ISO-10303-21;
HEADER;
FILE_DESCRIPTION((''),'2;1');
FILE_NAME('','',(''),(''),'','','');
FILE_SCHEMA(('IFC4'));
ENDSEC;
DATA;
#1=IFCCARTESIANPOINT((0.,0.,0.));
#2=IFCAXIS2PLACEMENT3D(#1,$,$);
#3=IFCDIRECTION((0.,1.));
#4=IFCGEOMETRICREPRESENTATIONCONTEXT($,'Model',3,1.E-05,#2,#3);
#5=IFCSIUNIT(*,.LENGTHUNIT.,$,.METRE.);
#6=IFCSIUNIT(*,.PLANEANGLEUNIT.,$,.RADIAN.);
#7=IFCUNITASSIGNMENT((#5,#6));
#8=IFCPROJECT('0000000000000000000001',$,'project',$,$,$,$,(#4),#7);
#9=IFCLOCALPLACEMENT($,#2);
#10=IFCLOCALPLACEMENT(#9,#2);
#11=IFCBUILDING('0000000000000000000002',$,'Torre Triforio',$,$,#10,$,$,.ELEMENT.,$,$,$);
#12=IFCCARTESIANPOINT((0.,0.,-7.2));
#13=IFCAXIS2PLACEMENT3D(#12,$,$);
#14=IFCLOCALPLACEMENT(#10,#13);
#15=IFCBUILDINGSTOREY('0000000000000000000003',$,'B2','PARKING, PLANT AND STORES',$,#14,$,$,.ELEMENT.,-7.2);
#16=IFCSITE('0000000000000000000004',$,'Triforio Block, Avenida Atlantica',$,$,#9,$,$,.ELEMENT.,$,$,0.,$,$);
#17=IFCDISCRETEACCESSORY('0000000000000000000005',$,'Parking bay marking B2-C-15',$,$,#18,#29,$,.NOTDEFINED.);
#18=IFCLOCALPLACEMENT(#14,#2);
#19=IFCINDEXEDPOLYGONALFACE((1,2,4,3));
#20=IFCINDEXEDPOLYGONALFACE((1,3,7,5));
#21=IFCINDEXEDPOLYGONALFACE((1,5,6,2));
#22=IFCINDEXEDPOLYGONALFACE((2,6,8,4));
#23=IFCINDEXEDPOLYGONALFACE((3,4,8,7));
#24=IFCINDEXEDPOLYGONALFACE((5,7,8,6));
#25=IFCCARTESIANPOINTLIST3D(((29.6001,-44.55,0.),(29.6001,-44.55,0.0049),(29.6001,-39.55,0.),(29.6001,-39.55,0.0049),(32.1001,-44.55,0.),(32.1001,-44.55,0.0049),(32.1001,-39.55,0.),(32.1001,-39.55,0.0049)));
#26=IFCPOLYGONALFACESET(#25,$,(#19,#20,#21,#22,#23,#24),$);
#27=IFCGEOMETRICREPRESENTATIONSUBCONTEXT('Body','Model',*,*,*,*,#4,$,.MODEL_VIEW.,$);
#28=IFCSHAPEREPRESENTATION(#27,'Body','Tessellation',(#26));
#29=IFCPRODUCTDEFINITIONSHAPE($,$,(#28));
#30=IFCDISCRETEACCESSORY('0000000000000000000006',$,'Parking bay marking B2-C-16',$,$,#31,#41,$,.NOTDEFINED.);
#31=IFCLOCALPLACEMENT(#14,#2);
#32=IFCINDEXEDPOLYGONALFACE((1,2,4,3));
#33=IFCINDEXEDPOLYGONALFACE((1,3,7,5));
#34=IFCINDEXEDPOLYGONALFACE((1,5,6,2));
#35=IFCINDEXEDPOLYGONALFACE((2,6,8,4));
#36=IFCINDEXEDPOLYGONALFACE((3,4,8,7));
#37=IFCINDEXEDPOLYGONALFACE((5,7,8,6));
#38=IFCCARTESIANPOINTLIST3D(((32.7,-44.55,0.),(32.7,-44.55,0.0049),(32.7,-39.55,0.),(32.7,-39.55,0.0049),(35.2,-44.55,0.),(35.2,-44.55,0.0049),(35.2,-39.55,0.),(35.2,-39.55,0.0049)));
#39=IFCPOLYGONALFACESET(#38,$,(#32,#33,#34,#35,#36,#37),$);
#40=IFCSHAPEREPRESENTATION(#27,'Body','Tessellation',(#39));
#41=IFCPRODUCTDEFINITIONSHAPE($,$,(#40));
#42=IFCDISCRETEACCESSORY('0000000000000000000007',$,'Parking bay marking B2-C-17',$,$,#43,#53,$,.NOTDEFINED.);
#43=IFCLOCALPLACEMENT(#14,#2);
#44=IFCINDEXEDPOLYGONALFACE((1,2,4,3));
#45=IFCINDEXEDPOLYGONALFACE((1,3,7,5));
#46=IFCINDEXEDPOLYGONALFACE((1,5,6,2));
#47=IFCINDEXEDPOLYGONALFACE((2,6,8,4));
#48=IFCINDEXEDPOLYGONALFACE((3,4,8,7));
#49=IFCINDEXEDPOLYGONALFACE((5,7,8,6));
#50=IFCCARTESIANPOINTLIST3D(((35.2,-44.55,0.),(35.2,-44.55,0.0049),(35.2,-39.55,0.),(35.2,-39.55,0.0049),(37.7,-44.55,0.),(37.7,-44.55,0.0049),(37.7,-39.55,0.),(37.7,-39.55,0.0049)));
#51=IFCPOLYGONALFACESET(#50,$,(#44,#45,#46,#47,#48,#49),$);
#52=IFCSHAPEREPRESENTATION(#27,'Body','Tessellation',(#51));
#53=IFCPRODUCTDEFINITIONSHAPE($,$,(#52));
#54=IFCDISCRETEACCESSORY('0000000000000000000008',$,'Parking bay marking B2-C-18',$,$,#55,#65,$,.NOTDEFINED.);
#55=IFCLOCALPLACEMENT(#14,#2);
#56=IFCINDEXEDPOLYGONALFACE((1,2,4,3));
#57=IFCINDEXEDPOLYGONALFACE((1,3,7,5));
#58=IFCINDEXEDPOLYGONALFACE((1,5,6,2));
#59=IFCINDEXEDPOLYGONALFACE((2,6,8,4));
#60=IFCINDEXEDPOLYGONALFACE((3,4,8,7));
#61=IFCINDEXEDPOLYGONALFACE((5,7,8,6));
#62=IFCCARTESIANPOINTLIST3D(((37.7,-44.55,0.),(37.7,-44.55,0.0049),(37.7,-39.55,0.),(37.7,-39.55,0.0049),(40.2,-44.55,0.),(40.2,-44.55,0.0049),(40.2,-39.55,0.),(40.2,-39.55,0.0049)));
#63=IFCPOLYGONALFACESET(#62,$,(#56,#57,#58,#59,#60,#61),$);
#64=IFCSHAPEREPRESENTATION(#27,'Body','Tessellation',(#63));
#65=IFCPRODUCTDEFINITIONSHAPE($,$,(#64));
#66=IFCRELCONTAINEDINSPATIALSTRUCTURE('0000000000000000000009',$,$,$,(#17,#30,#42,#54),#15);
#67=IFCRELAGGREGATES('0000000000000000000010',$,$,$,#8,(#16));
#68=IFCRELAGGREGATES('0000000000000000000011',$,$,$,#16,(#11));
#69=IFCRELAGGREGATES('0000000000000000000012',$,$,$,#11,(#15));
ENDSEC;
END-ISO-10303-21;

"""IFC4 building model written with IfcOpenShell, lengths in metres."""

from ifc_helpers import new_model, si_unit, direction, frame, origin, origin_2d, place, context, subcontext, project, spatial, rectangle, extrude, element, save


model = new_model("IFC4")

# Units and contexts
model_context = context("Model", 3, precision=1e-05, world=origin(), true_north=direction((0.0, 1.0)))
body_context = subcontext(model_context, "Body", "Model", "MODEL_VIEW")
ifc_project = project(units=[si_unit("LENGTHUNIT", "METRE"), si_unit("PLANEANGLEUNIT", "RADIAN")], contexts=[model_context])

# Site, building, storey
site_placement = place(None, origin())
site = spatial("IfcSite", under=ifc_project, at=site_placement, Name="Triforio Block, Avenida Atlantica", CompositionType="ELEMENT", RefElevation=0.0)
building_placement = place(site_placement, origin())
building = spatial("IfcBuilding", under=site, at=building_placement, Name="Torre Triforio", CompositionType="ELEMENT")
storey_placement = place(building_placement, frame((0.0, 0.0, -7.2)))
storey = spatial("IfcBuildingStorey", under=building, at=storey_placement, Name="B2", Description="PARKING, PLANT AND STORES", CompositionType="ELEMENT", Elevation=-7.2)

# Discrete accessories
for number, where, z_axis, x_axis, name in (
    (1, (30.8501, -42.05, 0.0), (0.0, 0.0, 1.0), (1.0, 0.0, 0.0), "Parking bay marking B2-C-15"),
    (2, (33.95, -42.05, 0.0), (0.0, 0.0, 1.0), (1.0, 0.0, 0.0), "Parking bay marking B2-C-16"),
    (3, (36.45, -42.05, 0.0), (0.0, 0.0, 1.0), (1.0, 0.0, 0.0), "Parking bay marking B2-C-17"),
    (4, (38.95, -42.05, 0.0), (0.0, 0.0, 1.0), (1.0, 0.0, 0.0), "Parking bay marking B2-C-18"),
):
    element("IfcDiscreteAccessory", number, at=place(storey_placement, frame(where, z_axis=z_axis, x_axis=x_axis)), inside=storey, Name=name, PredefinedType="NOTDEFINED", context=body_context, shape_type="SweptSolid", body=[
        extrude(rectangle(XDim=2.5, YDim=5.0, at=origin_2d()), origin(), (0.0, 0.0, 1.0), 0.0049),
    ])

save(model, "model.ifc")
